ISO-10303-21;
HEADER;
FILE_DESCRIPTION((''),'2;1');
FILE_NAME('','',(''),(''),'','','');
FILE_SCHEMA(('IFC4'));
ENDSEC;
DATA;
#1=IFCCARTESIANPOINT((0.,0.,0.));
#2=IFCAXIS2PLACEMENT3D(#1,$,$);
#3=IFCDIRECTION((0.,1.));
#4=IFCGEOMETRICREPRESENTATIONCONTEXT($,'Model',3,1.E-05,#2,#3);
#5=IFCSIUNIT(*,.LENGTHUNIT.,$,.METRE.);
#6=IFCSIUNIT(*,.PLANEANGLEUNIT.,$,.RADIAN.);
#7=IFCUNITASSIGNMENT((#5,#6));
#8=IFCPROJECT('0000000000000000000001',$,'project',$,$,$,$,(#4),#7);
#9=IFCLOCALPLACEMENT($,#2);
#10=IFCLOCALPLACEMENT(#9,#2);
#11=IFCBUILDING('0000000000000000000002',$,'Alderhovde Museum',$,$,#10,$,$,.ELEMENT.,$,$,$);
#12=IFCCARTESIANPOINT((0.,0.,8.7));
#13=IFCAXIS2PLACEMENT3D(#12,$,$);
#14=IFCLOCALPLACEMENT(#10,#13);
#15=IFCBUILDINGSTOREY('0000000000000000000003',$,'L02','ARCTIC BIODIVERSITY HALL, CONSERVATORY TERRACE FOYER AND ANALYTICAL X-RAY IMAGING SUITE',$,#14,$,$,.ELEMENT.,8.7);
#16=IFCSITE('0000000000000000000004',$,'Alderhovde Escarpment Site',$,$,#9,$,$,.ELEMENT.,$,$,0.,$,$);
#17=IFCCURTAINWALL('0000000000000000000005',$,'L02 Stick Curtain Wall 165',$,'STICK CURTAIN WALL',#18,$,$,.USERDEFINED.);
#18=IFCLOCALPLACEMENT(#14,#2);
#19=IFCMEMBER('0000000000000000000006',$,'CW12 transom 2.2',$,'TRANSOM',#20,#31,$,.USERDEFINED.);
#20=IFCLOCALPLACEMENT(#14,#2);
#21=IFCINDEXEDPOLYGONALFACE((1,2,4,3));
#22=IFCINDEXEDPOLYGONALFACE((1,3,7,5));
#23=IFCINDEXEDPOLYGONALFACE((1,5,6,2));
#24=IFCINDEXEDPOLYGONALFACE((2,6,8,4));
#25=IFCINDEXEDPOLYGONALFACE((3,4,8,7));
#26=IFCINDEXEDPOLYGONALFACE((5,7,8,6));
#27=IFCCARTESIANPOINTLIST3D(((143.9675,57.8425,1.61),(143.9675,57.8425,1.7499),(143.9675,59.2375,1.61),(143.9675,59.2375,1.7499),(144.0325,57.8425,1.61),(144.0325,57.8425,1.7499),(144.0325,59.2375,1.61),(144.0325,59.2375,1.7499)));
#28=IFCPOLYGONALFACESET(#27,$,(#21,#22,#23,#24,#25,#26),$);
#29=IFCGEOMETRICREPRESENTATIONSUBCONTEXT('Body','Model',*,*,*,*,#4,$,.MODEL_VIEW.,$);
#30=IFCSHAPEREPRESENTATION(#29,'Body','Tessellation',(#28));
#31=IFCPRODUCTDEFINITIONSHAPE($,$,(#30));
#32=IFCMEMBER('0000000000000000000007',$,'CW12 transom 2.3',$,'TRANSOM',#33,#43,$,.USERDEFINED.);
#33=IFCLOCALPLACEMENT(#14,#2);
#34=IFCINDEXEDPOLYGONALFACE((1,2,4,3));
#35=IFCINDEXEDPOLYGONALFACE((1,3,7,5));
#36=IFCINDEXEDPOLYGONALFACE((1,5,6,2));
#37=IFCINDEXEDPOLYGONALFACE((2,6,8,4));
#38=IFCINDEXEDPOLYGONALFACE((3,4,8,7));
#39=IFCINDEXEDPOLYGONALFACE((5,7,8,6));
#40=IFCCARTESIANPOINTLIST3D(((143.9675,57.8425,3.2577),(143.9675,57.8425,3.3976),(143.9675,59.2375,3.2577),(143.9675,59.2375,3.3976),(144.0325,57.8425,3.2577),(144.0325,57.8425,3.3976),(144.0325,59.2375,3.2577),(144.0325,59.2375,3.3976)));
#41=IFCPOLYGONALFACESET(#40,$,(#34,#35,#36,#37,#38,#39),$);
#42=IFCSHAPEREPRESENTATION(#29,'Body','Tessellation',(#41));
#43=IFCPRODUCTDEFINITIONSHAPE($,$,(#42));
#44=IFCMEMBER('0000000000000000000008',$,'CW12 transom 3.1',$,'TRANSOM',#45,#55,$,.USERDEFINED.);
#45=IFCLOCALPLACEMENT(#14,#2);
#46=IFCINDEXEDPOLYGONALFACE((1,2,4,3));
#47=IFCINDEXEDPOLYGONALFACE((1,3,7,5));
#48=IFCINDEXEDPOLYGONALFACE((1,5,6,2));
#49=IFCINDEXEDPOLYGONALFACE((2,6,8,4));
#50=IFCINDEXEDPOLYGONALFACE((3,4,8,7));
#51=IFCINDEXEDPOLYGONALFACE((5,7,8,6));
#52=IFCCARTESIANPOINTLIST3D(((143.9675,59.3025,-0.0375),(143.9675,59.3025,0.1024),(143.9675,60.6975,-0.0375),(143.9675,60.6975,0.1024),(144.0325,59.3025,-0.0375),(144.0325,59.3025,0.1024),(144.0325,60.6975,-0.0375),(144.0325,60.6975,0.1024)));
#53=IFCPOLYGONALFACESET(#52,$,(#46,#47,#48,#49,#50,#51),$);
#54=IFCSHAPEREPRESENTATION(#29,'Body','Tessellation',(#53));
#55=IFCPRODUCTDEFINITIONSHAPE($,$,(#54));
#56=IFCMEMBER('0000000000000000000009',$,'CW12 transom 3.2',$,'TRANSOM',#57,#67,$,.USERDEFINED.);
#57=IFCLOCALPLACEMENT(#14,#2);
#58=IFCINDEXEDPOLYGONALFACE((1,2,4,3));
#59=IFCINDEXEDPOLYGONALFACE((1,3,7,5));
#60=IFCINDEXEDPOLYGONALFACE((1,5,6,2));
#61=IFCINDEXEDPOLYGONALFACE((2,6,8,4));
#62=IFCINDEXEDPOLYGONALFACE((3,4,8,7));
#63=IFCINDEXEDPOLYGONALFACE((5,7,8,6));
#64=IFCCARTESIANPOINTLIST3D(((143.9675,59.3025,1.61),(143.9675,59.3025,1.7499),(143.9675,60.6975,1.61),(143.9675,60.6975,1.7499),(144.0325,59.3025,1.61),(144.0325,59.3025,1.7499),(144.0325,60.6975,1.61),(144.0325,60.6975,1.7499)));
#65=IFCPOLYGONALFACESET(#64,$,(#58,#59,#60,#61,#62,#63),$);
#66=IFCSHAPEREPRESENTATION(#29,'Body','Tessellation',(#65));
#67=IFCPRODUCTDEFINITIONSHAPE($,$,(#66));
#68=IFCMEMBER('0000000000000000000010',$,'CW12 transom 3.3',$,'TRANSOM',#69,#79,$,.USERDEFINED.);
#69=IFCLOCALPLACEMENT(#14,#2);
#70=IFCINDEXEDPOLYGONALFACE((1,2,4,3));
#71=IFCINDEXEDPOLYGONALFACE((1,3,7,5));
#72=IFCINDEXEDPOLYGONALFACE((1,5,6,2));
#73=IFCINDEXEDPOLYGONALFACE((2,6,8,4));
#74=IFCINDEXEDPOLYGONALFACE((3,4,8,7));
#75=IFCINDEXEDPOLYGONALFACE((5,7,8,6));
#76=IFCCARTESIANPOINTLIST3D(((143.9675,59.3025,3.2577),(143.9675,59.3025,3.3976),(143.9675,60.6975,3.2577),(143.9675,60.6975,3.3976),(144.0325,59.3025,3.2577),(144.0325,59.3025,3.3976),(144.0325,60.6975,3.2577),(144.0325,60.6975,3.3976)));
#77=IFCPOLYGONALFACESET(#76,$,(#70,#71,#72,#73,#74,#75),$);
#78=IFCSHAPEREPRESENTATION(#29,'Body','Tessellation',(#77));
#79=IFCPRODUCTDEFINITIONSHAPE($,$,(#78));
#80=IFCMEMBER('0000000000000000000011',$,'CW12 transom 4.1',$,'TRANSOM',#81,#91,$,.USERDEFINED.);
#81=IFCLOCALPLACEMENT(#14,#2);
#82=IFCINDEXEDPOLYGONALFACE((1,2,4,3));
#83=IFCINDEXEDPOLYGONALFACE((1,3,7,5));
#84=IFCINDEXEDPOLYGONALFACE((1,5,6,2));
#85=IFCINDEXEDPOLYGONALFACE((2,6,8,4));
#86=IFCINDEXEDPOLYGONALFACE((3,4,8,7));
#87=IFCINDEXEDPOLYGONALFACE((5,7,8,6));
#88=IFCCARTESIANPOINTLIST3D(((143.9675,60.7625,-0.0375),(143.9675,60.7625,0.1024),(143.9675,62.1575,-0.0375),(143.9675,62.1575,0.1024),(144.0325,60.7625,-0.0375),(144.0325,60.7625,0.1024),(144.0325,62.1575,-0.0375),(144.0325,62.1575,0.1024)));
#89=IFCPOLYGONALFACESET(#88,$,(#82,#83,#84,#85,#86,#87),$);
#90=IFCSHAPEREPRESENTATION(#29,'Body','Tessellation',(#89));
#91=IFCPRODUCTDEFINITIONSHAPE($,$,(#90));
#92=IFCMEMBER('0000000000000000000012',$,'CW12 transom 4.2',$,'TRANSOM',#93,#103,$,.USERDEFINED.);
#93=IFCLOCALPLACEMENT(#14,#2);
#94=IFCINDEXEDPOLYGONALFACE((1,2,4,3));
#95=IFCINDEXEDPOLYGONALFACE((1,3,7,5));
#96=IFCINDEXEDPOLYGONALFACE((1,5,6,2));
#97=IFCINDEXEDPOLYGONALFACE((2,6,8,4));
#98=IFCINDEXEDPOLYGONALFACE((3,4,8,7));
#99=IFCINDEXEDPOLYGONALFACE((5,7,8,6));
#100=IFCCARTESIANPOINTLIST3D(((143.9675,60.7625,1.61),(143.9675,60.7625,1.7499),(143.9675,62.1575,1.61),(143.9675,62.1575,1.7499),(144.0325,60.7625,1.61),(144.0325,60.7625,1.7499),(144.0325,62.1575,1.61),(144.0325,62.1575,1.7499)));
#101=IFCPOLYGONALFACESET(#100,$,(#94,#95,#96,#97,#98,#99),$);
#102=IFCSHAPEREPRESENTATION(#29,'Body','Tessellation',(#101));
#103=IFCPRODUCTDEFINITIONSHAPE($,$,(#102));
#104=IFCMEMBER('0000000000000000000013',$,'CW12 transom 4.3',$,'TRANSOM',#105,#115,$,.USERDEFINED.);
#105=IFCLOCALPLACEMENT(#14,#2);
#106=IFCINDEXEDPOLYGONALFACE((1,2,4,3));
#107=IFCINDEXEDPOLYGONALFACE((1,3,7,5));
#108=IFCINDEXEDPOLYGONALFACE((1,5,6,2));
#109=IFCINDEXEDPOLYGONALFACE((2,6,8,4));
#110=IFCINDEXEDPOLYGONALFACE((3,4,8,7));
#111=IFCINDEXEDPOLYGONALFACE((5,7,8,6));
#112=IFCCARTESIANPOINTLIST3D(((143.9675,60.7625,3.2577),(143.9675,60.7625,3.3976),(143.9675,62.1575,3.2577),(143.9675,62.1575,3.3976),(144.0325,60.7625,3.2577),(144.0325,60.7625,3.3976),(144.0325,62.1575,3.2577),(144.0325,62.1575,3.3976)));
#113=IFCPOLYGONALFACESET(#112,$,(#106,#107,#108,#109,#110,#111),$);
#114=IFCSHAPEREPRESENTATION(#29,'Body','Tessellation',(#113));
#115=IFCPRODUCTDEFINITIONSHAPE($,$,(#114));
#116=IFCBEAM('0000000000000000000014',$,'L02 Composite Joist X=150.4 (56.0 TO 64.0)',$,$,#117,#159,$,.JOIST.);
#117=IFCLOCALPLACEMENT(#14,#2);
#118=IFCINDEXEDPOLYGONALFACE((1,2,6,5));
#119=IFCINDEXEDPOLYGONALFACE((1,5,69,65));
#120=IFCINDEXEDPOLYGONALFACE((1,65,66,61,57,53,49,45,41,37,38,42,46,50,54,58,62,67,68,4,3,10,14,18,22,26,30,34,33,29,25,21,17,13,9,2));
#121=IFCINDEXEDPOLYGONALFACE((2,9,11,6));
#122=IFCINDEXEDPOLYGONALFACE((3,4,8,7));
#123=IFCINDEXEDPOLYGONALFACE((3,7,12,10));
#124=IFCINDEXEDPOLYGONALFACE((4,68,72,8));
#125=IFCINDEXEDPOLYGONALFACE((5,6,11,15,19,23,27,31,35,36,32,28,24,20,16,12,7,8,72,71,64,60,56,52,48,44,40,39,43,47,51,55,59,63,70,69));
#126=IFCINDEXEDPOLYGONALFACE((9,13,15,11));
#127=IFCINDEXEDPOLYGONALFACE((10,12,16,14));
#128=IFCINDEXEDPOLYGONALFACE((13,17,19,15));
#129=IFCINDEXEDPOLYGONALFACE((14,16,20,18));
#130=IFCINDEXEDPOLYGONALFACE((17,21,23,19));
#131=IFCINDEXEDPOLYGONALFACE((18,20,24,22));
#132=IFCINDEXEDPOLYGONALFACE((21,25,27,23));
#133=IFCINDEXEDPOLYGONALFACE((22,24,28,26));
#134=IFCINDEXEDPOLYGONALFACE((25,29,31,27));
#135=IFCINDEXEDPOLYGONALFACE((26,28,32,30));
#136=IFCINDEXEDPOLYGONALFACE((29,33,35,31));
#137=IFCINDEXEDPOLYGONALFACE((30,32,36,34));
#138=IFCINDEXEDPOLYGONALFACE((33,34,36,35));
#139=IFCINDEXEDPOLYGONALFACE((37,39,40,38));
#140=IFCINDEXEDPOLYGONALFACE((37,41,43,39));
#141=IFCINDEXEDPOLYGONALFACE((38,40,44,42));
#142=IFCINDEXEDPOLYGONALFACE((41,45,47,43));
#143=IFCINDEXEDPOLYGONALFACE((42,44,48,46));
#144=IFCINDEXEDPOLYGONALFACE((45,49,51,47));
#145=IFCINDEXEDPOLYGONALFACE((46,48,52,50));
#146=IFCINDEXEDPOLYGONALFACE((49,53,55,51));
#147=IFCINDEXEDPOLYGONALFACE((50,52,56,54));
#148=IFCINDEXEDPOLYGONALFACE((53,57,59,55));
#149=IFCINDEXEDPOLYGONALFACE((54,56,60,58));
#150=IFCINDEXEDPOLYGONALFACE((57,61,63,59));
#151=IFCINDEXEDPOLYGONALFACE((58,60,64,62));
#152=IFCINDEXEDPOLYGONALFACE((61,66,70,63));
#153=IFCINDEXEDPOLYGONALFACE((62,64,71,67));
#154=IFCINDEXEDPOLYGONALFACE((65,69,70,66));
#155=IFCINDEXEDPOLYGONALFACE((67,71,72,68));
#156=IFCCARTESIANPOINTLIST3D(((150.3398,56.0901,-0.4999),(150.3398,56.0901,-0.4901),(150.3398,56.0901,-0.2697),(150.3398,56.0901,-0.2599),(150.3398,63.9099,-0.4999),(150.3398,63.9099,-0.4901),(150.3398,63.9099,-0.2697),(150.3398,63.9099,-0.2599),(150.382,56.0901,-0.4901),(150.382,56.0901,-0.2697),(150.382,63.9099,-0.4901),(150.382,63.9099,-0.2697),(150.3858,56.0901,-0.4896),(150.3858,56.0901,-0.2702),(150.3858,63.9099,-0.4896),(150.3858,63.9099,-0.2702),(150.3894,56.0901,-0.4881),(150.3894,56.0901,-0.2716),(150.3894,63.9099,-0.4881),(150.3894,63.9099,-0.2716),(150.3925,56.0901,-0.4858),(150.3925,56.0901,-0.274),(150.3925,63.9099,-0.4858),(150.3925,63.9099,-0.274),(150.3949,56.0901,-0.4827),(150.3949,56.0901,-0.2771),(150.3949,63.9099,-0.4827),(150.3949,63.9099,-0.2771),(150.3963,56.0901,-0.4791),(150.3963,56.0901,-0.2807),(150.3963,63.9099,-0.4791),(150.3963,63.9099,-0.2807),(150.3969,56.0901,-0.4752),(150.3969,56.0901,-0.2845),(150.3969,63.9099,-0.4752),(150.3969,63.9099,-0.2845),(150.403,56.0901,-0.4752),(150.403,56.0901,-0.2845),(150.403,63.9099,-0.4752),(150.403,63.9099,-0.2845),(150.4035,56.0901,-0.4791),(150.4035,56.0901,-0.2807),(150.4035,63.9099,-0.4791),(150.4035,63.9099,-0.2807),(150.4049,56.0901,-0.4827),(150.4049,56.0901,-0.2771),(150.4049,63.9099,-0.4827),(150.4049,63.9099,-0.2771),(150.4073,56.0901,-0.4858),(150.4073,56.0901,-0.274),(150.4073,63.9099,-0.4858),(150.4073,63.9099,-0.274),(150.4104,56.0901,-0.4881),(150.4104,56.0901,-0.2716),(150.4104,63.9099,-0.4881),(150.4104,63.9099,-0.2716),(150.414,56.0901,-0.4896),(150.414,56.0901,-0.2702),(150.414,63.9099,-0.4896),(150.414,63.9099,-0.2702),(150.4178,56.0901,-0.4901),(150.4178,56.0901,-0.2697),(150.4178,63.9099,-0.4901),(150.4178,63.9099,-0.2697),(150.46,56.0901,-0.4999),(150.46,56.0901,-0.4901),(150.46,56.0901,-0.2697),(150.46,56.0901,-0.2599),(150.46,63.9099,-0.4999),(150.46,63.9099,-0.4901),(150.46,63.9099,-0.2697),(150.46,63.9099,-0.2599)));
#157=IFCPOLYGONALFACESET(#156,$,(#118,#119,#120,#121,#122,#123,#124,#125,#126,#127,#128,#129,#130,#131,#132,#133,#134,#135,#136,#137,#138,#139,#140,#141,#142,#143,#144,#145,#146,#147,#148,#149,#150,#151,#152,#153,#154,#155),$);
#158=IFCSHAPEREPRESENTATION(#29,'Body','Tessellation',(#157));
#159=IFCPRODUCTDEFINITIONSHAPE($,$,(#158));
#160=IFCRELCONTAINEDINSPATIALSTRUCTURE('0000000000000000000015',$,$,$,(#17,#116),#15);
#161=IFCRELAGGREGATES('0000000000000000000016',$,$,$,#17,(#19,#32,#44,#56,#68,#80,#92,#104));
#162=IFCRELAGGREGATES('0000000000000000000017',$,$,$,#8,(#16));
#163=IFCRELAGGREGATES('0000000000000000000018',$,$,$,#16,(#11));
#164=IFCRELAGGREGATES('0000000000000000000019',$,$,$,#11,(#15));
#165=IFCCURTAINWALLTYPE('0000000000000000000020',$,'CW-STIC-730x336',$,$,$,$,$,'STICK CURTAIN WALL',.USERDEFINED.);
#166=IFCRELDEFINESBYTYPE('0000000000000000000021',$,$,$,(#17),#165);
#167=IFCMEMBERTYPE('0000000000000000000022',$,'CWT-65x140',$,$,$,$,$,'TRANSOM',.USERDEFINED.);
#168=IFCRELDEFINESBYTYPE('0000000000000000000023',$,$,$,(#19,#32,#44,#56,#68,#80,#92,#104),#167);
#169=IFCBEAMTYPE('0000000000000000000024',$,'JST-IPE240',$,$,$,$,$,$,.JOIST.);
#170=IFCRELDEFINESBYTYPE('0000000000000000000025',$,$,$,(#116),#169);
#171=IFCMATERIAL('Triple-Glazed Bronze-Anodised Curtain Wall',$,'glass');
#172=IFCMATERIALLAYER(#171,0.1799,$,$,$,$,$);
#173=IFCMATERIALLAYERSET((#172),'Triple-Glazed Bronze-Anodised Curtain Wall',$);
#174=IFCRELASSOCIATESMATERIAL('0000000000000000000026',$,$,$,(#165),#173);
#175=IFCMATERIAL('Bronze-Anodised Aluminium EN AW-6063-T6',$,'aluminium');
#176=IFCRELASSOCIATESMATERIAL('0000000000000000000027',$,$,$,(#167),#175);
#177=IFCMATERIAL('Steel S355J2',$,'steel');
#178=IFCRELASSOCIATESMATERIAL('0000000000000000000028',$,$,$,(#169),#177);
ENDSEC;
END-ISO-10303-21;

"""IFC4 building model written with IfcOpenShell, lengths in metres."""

from ifc_helpers import new_model, si_unit, direction, frame, origin, origin_2d, place, context, subcontext, project, spatial, rectangle, i_section, extrude, material, layer, layer_set, material_profile, profile_set, type_object, element, aggregate, save


model = new_model("IFC4")

# Units and contexts
model_context = context("Model", 3, precision=1e-05, world=origin(), true_north=direction((0.0, 1.0)))
body_context = subcontext(model_context, "Body", "Model", "MODEL_VIEW")
ifc_project = project(units=[si_unit("LENGTHUNIT", "METRE"), si_unit("PLANEANGLEUNIT", "RADIAN")], contexts=[model_context])

# Site, building, storey
site_placement = place(None, origin())
site = spatial("IfcSite", under=ifc_project, at=site_placement, Name="Alderhovde Escarpment Site", CompositionType="ELEMENT", RefElevation=0.0)
building_placement = place(site_placement, origin())
building = spatial("IfcBuilding", under=site, at=building_placement, Name="Alderhovde Museum", CompositionType="ELEMENT")
storey_placement = place(building_placement, frame((0.0, 0.0, 8.7)))
storey = spatial("IfcBuildingStorey", under=building, at=storey_placement, Name="L02", Description="ARCTIC BIODIVERSITY HALL, CONSERVATORY TERRACE FOYER AND ANALYTICAL X-RAY IMAGING SUITE", CompositionType="ELEMENT", Elevation=8.7)

# Curtain wall, members
ifc_material_1 = material(Name="Triple-Glazed Bronze-Anodised Curtain Wall", Category="glass")
ifc_layer_1 = layer(ifc_material_1, 0.1799)
ifc_layer_set_1 = layer_set([ifc_layer_1], Name="Triple-Glazed Bronze-Anodised Curtain Wall")
curtain_wall_type = type_object("IfcCurtainWallType", Name="CW-STIC-730x336", ElementType="STICK CURTAIN WALL", PredefinedType="USERDEFINED", material=ifc_layer_set_1)
curtain_wall_placement = place(storey_placement, origin())
curtain_wall = element("IfcCurtainWall", 1, at=curtain_wall_placement, inside=storey, type_object=curtain_wall_type, Name="L02 Stick Curtain Wall 165", ObjectType="STICK CURTAIN WALL", PredefinedType="USERDEFINED")
ifc_material_2 = material(Name="Bronze-Anodised Aluminium EN AW-6063-T6", Category="aluminium")
ifc_material_profile_1 = material_profile(ifc_material_2, rectangle(XDim=0.0649, YDim=0.1399, at=origin_2d()), Name="TRANSOM 65x140")
ifc_profile_set_1 = profile_set([ifc_material_profile_1], Name="Bronze-Anodised Aluminium EN AW-6063-T6")
member_type_1 = type_object("IfcMemberType", Name="CWT-65x140", ElementType="TRANSOM", PredefinedType="USERDEFINED", material=ifc_profile_set_1)
member_1_placement = place(storey_placement, frame((144.0, 57.8425, 1.6799), z_axis=(0.0, 1.0, 0.0), x_axis=(-1.0, 0.0, 0.0)))
member_1 = element("IfcMember", 2, at=member_1_placement, type_object=member_type_1, Name="CW12 transom 2.2", ObjectType="TRANSOM", PredefinedType="USERDEFINED", context=body_context, shape_type="SweptSolid", body=[
    extrude(rectangle(XDim=0.0649, YDim=0.1399, at=origin_2d()), origin(), (0.0, 0.0, 1.0), 1.395),
])
member_2_placement = place(storey_placement, frame((144.0, 57.8425, 3.3276), z_axis=(0.0, 1.0, 0.0), x_axis=(-1.0, 0.0, 0.0)))
member_2 = element("IfcMember", 3, at=member_2_placement, type_object=member_type_1, Name="CW12 transom 2.3", ObjectType="TRANSOM", PredefinedType="USERDEFINED", context=body_context, shape_type="SweptSolid", body=[
    extrude(rectangle(XDim=0.0649, YDim=0.1399, at=origin_2d()), origin(), (0.0, 0.0, 1.0), 1.395),
])
member_3_placement = place(storey_placement, frame((144.0, 59.3025, 0.0325), z_axis=(0.0, 1.0, 0.0), x_axis=(-1.0, 0.0, 0.0)))
member_3 = element("IfcMember", 4, at=member_3_placement, type_object=member_type_1, Name="CW12 transom 3.1", ObjectType="TRANSOM", PredefinedType="USERDEFINED", context=body_context, shape_type="SweptSolid", body=[
    extrude(rectangle(XDim=0.0649, YDim=0.1399, at=origin_2d()), origin(), (0.0, 0.0, 1.0), 1.395),
])
member_4_placement = place(storey_placement, frame((144.0, 59.3025, 1.6799), z_axis=(0.0, 1.0, 0.0), x_axis=(-1.0, 0.0, 0.0)))
member_4 = element("IfcMember", 5, at=member_4_placement, type_object=member_type_1, Name="CW12 transom 3.2", ObjectType="TRANSOM", PredefinedType="USERDEFINED", context=body_context, shape_type="SweptSolid", body=[
    extrude(rectangle(XDim=0.0649, YDim=0.1399, at=origin_2d()), origin(), (0.0, 0.0, 1.0), 1.395),
])
member_5_placement = place(storey_placement, frame((144.0, 59.3025, 3.3276), z_axis=(0.0, 1.0, 0.0), x_axis=(-1.0, 0.0, 0.0)))
member_5 = element("IfcMember", 6, at=member_5_placement, type_object=member_type_1, Name="CW12 transom 3.3", ObjectType="TRANSOM", PredefinedType="USERDEFINED", context=body_context, shape_type="SweptSolid", body=[
    extrude(rectangle(XDim=0.0649, YDim=0.1399, at=origin_2d()), origin(), (0.0, 0.0, 1.0), 1.395),
])
member_6_placement = place(storey_placement, frame((144.0, 60.7625, 0.0325), z_axis=(0.0, 1.0, 0.0), x_axis=(-1.0, 0.0, 0.0)))
member_6 = element("IfcMember", 7, at=member_6_placement, type_object=member_type_1, Name="CW12 transom 4.1", ObjectType="TRANSOM", PredefinedType="USERDEFINED", context=body_context, shape_type="SweptSolid", body=[
    extrude(rectangle(XDim=0.0649, YDim=0.1399, at=origin_2d()), origin(), (0.0, 0.0, 1.0), 1.395),
])
member_7_placement = place(storey_placement, frame((144.0, 60.7625, 1.6799), z_axis=(0.0, 1.0, 0.0), x_axis=(-1.0, 0.0, 0.0)))
member_7 = element("IfcMember", 8, at=member_7_placement, type_object=member_type_1, Name="CW12 transom 4.2", ObjectType="TRANSOM", PredefinedType="USERDEFINED", context=body_context, shape_type="SweptSolid", body=[
    extrude(rectangle(XDim=0.0649, YDim=0.1399, at=origin_2d()), origin(), (0.0, 0.0, 1.0), 1.395),
])
member_8_placement = place(storey_placement, frame((144.0, 60.7625, 3.3276), z_axis=(0.0, 1.0, 0.0), x_axis=(-1.0, 0.0, 0.0)))
member_8 = element("IfcMember", 9, at=member_8_placement, type_object=member_type_1, Name="CW12 transom 4.3", ObjectType="TRANSOM", PredefinedType="USERDEFINED", context=body_context, shape_type="SweptSolid", body=[
    extrude(rectangle(XDim=0.0649, YDim=0.1399, at=origin_2d()), origin(), (0.0, 0.0, 1.0), 1.395),
])

# Beam
ifc_material_3 = material(Name="Steel S355J2", Category="steel")
ifc_material_profile_2 = material_profile(ifc_material_3, i_section(OverallWidth=0.1201, OverallDepth=0.24, WebThickness=0.0061, FlangeThickness=0.0098, FilletRadius=0.0149, at=origin_2d()), Name="IPE 240")
ifc_profile_set_2 = profile_set([ifc_material_profile_2], Name="Steel S355J2")
beam_type_1 = type_object("IfcBeamType", Name="JST-IPE240", PredefinedType="JOIST", material=ifc_profile_set_2)
for number, where, z_axis, x_axis, name in (
    (10, (150.3999, 56.0901, -0.3799), (0.0, 1.0, 0.0), (-1.0, 0.0, 0.0), "L02 Composite Joist X=150.4 (56.0 TO 64.0)"),
):
    element("IfcBeam", number, at=place(storey_placement, frame(where, z_axis=z_axis, x_axis=x_axis)), inside=storey, type_object=beam_type_1, Name=name, PredefinedType="JOIST", context=body_context, shape_type="SweptSolid", body=[
        extrude(i_section(OverallWidth=0.1201, OverallDepth=0.24, WebThickness=0.0061, FlangeThickness=0.0098, FilletRadius=0.0149, at=origin_2d()), origin(), (0.0, 0.0, 1.0), 7.8198),
    ])

aggregate(curtain_wall, [member_1, member_2, member_3, member_4, member_5, member_6, member_7, member_8])

save(model, "model.ifc")
